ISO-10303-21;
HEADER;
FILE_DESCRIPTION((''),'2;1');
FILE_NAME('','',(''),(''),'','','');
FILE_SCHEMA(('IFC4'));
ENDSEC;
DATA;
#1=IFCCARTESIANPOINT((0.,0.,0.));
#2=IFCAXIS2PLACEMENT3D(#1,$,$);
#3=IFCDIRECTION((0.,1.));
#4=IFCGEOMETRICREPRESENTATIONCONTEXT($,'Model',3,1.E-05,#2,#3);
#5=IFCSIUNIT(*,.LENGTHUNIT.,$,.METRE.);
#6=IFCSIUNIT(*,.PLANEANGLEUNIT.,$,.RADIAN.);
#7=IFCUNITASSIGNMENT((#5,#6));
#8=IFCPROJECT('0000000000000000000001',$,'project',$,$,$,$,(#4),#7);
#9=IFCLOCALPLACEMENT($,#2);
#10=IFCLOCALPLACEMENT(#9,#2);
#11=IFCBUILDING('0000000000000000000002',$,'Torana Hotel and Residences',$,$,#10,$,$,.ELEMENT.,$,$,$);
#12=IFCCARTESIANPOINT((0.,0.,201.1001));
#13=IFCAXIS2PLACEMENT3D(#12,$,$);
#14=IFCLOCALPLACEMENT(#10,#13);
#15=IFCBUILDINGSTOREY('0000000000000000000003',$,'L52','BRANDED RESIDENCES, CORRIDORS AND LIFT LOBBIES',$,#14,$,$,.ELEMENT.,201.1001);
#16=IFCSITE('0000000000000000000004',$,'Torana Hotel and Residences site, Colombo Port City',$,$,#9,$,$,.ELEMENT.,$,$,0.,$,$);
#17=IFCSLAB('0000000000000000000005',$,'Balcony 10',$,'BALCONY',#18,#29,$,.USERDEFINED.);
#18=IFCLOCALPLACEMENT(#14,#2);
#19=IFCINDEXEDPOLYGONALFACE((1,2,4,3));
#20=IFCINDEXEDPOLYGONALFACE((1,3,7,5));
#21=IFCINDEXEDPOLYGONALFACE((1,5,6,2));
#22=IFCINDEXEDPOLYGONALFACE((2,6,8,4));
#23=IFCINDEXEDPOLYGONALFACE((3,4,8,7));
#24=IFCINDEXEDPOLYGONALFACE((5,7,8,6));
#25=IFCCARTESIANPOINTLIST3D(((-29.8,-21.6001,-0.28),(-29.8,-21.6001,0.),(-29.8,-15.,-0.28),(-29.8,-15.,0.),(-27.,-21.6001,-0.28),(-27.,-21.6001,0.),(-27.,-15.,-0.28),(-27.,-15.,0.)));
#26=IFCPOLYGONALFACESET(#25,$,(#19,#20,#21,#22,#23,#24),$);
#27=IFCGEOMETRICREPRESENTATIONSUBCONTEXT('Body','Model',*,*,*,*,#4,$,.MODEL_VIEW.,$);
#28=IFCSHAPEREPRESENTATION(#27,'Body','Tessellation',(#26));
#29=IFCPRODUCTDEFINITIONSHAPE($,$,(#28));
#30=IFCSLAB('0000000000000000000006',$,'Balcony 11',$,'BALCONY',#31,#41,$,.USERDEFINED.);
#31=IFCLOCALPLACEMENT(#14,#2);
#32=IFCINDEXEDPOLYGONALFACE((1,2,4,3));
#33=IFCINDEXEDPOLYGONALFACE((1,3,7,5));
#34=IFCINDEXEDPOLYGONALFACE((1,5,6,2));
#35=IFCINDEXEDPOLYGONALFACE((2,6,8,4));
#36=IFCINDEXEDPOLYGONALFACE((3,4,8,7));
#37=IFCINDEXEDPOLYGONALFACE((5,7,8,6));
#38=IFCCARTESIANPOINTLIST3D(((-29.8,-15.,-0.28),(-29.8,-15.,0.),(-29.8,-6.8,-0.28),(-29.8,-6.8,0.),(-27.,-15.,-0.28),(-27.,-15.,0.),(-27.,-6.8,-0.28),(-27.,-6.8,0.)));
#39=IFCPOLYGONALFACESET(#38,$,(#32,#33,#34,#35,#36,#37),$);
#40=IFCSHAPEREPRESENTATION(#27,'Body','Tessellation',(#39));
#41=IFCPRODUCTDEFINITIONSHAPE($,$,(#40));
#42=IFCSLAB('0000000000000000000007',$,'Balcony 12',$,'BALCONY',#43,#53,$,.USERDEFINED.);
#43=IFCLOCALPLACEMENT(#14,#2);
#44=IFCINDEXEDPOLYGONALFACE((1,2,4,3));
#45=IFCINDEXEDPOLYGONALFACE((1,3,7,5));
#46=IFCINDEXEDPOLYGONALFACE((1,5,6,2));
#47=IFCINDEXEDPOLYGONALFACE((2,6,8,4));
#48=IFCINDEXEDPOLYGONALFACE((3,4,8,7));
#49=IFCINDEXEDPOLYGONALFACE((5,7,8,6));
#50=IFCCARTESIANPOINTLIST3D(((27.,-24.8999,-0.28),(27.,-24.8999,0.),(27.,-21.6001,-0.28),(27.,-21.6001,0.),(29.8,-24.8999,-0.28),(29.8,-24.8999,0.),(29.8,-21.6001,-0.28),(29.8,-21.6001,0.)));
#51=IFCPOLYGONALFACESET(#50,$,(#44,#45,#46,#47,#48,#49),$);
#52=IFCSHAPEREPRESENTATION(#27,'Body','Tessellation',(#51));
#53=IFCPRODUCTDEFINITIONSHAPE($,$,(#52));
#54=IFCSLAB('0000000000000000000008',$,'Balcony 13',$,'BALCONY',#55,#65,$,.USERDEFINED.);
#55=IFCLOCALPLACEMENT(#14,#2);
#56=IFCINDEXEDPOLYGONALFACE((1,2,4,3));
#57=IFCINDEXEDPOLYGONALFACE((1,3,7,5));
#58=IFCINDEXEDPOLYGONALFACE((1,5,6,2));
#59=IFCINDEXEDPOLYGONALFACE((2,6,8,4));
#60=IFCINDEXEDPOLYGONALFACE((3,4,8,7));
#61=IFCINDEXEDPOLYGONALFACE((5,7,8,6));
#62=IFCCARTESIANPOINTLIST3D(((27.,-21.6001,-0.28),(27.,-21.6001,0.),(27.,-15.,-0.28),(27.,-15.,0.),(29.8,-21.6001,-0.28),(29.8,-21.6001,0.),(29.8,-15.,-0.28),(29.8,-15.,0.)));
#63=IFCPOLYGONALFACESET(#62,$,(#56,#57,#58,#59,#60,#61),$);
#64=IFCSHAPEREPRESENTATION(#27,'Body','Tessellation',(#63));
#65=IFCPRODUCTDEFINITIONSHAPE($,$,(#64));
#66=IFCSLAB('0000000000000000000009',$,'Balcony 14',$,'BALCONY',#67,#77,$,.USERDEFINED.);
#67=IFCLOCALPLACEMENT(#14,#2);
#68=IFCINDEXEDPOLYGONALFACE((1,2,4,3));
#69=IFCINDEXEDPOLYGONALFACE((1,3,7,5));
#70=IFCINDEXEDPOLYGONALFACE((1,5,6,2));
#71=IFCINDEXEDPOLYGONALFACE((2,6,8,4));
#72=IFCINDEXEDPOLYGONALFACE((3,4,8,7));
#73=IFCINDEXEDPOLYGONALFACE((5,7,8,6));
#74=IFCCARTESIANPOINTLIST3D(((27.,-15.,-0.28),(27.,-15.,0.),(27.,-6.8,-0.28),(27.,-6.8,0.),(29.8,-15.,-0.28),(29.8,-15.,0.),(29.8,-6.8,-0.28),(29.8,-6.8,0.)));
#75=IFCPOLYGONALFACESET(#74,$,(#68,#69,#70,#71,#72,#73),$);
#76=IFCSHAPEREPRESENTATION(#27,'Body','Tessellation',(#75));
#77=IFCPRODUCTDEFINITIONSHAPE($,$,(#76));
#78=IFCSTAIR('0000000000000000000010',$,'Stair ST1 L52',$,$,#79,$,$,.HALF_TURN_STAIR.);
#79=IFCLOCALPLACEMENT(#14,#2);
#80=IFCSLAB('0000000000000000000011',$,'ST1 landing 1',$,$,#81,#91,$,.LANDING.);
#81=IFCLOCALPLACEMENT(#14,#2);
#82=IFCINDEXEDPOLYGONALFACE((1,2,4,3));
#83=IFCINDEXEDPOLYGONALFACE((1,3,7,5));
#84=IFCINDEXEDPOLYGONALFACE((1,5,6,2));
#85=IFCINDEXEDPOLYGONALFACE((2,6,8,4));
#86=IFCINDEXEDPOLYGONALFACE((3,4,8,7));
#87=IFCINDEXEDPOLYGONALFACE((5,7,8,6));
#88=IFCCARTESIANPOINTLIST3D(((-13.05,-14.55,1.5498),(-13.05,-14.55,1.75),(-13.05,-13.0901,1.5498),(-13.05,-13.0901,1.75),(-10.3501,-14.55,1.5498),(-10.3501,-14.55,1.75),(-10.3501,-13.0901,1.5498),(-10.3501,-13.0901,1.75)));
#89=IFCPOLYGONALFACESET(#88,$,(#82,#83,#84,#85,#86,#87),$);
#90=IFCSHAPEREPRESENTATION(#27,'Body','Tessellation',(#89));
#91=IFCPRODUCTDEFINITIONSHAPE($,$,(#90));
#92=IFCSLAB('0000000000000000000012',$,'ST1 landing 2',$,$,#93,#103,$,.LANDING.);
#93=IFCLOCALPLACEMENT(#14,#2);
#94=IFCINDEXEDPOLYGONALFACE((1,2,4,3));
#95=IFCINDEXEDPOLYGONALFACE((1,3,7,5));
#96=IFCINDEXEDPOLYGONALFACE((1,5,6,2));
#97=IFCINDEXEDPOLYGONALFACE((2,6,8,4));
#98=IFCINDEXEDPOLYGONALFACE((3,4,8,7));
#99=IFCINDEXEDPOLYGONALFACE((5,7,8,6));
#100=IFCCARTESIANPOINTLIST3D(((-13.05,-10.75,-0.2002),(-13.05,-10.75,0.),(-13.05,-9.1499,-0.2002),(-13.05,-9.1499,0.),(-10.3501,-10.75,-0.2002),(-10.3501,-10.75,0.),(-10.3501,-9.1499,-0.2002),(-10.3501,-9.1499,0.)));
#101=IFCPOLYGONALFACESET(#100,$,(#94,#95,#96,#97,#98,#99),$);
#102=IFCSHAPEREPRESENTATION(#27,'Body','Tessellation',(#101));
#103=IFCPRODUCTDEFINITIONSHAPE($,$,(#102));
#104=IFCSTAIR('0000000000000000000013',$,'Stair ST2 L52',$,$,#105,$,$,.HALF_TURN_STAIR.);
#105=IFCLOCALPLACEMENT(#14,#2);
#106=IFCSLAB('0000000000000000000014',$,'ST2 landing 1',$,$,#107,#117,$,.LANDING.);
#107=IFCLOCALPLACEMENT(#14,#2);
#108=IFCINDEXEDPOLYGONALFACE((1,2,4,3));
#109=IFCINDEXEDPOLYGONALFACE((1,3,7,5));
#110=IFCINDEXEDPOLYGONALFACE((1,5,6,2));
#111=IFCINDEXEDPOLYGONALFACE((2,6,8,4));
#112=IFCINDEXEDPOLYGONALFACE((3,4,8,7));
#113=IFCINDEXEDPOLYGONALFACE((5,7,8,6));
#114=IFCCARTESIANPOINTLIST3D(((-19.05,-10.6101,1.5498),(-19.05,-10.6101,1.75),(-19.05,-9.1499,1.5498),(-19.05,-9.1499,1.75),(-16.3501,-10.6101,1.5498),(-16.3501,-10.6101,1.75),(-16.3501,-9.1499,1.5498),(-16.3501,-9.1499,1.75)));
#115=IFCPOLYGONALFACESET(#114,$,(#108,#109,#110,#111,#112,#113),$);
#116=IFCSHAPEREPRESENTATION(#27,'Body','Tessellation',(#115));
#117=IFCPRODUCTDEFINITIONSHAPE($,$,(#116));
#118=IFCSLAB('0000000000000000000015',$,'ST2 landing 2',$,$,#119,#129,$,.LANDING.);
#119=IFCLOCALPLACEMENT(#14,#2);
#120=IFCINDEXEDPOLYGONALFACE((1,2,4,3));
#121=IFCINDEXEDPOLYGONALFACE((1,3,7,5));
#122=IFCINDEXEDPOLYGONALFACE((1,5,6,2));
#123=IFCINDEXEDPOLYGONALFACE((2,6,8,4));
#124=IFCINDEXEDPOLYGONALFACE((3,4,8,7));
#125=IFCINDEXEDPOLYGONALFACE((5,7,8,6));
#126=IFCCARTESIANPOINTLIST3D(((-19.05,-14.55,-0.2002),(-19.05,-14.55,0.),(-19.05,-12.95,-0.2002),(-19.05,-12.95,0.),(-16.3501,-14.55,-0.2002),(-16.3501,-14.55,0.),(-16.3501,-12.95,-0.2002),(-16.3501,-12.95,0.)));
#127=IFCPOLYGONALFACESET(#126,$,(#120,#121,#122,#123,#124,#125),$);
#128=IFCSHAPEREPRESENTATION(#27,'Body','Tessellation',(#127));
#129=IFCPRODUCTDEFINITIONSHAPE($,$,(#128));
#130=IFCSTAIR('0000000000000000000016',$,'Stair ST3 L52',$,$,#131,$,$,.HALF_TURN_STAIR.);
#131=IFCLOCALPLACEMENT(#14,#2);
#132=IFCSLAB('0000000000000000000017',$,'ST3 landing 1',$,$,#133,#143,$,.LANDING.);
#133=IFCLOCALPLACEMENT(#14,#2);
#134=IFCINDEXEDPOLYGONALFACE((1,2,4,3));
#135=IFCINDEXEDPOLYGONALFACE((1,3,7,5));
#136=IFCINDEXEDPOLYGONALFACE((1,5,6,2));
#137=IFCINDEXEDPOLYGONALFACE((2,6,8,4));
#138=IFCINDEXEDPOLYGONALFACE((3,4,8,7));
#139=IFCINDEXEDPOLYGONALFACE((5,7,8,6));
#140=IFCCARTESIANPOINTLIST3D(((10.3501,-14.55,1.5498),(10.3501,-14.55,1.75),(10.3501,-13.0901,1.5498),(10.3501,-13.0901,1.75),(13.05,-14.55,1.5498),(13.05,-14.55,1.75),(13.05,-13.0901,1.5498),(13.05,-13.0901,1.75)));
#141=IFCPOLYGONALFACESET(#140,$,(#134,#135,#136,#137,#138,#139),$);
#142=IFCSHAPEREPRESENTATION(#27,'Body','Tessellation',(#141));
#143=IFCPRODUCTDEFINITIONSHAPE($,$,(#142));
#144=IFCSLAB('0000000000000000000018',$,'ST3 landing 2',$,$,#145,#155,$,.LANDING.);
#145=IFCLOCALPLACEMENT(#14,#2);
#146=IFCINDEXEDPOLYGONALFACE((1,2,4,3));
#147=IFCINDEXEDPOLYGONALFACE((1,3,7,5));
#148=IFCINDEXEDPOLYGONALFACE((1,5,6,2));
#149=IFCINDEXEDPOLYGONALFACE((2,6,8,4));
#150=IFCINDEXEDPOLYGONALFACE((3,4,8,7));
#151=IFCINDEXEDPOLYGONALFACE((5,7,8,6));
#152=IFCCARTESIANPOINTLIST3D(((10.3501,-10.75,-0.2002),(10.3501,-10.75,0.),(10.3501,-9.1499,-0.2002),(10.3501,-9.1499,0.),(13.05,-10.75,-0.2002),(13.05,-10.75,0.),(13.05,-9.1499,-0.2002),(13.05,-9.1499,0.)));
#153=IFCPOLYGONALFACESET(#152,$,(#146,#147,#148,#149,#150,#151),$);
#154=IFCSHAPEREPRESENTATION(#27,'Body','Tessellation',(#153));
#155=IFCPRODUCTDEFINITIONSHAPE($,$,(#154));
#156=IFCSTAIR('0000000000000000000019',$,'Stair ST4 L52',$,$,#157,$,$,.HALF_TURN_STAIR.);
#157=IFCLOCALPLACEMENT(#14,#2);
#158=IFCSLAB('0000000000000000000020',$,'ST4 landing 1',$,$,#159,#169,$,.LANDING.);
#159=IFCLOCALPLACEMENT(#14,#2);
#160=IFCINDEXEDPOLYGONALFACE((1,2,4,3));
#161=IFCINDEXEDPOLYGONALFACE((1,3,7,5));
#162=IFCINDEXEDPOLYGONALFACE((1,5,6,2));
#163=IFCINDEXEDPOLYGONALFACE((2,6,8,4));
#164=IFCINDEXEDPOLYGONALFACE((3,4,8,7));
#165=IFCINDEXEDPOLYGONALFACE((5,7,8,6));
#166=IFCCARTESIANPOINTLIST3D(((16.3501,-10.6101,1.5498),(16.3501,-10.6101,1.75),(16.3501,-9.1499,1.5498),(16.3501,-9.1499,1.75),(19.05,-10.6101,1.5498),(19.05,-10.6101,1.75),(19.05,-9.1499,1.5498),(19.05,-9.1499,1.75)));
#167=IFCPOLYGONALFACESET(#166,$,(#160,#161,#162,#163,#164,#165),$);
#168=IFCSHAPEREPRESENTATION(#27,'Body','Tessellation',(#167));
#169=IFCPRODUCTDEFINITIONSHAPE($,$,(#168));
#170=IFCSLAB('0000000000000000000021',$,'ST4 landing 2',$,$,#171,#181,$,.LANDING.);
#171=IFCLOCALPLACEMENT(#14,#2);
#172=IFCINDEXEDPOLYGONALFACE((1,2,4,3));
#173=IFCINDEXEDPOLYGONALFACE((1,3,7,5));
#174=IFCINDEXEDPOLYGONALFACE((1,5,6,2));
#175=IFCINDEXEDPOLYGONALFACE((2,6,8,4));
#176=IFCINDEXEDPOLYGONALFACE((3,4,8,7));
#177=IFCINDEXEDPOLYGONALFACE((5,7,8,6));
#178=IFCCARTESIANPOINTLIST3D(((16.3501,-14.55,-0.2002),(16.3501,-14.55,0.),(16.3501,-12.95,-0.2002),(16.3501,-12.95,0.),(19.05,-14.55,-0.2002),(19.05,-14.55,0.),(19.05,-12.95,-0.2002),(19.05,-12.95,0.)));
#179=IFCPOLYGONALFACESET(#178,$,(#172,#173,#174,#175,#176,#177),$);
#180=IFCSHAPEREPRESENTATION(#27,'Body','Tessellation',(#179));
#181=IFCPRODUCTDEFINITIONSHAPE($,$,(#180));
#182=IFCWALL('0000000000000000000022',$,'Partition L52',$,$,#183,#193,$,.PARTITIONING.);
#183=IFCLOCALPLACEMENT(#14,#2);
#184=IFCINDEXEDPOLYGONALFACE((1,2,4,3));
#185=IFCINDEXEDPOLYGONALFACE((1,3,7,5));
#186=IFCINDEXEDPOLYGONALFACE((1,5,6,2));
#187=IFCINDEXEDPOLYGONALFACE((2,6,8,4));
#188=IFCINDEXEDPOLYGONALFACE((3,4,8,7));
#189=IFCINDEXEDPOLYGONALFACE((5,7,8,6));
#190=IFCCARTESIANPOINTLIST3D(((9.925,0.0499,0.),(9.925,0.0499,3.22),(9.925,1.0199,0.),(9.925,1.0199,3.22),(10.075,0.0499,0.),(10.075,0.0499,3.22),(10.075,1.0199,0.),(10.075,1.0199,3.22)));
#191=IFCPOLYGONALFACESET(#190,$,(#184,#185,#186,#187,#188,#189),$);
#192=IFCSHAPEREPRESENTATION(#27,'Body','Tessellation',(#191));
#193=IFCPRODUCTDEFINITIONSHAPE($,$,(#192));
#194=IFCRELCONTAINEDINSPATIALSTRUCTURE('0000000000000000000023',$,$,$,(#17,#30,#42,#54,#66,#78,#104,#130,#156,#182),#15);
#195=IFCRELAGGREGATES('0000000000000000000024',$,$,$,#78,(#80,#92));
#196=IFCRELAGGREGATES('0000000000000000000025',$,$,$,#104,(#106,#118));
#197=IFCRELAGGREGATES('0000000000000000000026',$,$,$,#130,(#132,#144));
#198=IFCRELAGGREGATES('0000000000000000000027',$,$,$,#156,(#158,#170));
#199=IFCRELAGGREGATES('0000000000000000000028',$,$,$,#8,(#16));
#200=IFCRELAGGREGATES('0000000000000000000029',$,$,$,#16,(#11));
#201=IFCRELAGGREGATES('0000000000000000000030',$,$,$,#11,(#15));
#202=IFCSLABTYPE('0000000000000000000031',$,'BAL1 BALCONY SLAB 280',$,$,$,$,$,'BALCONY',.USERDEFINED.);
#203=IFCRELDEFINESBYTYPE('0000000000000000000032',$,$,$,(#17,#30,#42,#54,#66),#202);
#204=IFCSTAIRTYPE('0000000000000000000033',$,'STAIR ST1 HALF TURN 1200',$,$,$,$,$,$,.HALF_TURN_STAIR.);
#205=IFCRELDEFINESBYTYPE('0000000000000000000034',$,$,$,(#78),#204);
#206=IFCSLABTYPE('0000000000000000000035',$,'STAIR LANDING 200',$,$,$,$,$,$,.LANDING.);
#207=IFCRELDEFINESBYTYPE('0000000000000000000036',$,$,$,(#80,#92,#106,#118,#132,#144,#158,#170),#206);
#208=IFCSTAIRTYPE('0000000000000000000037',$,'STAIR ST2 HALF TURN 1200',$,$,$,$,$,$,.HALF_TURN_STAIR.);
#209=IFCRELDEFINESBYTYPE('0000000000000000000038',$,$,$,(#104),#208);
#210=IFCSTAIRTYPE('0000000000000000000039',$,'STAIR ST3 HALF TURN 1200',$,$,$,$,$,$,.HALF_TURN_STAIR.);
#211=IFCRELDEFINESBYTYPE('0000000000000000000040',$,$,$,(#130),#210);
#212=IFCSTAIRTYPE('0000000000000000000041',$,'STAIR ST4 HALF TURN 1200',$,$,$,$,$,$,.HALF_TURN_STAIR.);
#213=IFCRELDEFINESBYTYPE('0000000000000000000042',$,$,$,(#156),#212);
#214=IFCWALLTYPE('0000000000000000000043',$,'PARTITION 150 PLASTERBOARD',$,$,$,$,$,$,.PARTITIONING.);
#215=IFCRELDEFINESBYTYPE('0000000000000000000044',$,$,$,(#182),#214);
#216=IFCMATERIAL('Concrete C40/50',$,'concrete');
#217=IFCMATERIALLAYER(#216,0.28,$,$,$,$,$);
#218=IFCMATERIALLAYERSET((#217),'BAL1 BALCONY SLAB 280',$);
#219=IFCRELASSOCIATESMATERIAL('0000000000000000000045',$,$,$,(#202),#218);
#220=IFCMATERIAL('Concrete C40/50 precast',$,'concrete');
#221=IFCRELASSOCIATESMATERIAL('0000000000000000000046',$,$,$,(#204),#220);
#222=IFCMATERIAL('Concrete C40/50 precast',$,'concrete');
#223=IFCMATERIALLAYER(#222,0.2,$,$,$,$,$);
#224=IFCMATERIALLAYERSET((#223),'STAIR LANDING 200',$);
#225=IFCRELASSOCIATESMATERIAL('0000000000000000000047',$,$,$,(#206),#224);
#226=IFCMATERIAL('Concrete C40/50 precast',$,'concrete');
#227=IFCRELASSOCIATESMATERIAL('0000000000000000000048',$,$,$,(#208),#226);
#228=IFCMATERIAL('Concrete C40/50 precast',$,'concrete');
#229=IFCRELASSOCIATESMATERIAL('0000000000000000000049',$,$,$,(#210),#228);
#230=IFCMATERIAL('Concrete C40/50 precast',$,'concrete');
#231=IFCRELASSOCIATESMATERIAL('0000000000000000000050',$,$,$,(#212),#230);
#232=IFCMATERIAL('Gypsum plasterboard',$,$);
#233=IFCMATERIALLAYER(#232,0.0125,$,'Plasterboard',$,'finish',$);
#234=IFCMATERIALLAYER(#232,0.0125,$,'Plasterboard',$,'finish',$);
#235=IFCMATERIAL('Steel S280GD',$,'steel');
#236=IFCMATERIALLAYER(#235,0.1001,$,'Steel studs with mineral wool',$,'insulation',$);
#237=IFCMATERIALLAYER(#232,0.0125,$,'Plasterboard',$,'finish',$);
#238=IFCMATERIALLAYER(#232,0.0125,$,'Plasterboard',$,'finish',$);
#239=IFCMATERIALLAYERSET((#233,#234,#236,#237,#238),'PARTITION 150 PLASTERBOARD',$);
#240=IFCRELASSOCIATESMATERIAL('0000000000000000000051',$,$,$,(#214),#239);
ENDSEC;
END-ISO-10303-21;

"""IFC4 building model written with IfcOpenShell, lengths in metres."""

from ifc_helpers import new_model, si_unit, direction, frame, frame_2d, origin, place, context, subcontext, project, spatial, polyline, rectangle, outline, extrude, material, layer, layer_set, type_object, element, aggregate, save


model = new_model("IFC4")

# Units and contexts
model_context = context("Model", 3, precision=1e-05, world=origin(), true_north=direction((0.0, 1.0)))
body_context = subcontext(model_context, "Body", "Model", "MODEL_VIEW")
ifc_project = project(units=[si_unit("LENGTHUNIT", "METRE"), si_unit("PLANEANGLEUNIT", "RADIAN")], contexts=[model_context])

# Site, building, storey
site_placement = place(None, origin())
site = spatial("IfcSite", under=ifc_project, at=site_placement, Name="Torana Hotel and Residences site, Colombo Port City", CompositionType="ELEMENT", RefElevation=0.0)
building_placement = place(site_placement, origin())
building = spatial("IfcBuilding", under=site, at=building_placement, Name="Torana Hotel and Residences", CompositionType="ELEMENT")
storey_placement = place(building_placement, frame((0.0, 0.0, 201.1001)))
storey = spatial("IfcBuildingStorey", under=building, at=storey_placement, Name="L52", Description="BRANDED RESIDENCES, CORRIDORS AND LIFT LOBBIES", CompositionType="ELEMENT", Elevation=201.1001)

# Slabs
ifc_material_1 = material(Name="Concrete C40/50", Category="concrete")
ifc_layer_1 = layer(ifc_material_1, 0.28)
ifc_layer_set_1 = layer_set([ifc_layer_1], Name="BAL1 BALCONY SLAB 280")
slab_type_1 = type_object("IfcSlabType", Name="BAL1 BALCONY SLAB 280", ElementType="BALCONY", PredefinedType="USERDEFINED", material=ifc_layer_set_1)
slab_1_placement = place(storey_placement, frame((0.0, 0.0, -0.28)))
element("IfcSlab", 1, at=slab_1_placement, inside=storey, type_object=slab_type_1, Name="Balcony 10", ObjectType="BALCONY", PredefinedType="USERDEFINED", context=body_context, shape_type="SweptSolid", body=[
    extrude(outline(polyline([(-29.8, -21.6001), (-27.0, -21.6001), (-27.0, -15.0), (-29.8, -15.0), (-29.8, -21.6001)])), origin(), (0.0, 0.0, 1.0), 0.28),
])
slab_2_placement = place(storey_placement, frame((0.0, 0.0, -0.28)))
element("IfcSlab", 2, at=slab_2_placement, inside=storey, type_object=slab_type_1, Name="Balcony 11", ObjectType="BALCONY", PredefinedType="USERDEFINED", context=body_context, shape_type="SweptSolid", body=[
    extrude(outline(polyline([(-29.8, -15.0), (-27.0, -15.0), (-27.0, -6.8), (-29.8, -6.8), (-29.8, -15.0)])), origin(), (0.0, 0.0, 1.0), 0.28),
])
slab_3_placement = place(storey_placement, frame((0.0, 0.0, -0.28)))
element("IfcSlab", 3, at=slab_3_placement, inside=storey, type_object=slab_type_1, Name="Balcony 12", ObjectType="BALCONY", PredefinedType="USERDEFINED", context=body_context, shape_type="SweptSolid", body=[
    extrude(outline(polyline([(27.0, -24.8999), (29.8, -24.8999), (29.8, -21.6001), (27.0, -21.6001), (27.0, -24.8999)])), origin(), (0.0, 0.0, 1.0), 0.28),
])
slab_4_placement = place(storey_placement, frame((0.0, 0.0, -0.28)))
element("IfcSlab", 4, at=slab_4_placement, inside=storey, type_object=slab_type_1, Name="Balcony 13", ObjectType="BALCONY", PredefinedType="USERDEFINED", context=body_context, shape_type="SweptSolid", body=[
    extrude(outline(polyline([(27.0, -21.6001), (29.8, -21.6001), (29.8, -15.0), (27.0, -15.0), (27.0, -21.6001)])), origin(), (0.0, 0.0, 1.0), 0.28),
])
slab_5_placement = place(storey_placement, frame((0.0, 0.0, -0.28)))
element("IfcSlab", 5, at=slab_5_placement, inside=storey, type_object=slab_type_1, Name="Balcony 14", ObjectType="BALCONY", PredefinedType="USERDEFINED", context=body_context, shape_type="SweptSolid", body=[
    extrude(outline(polyline([(27.0, -15.0), (29.8, -15.0), (29.8, -6.8), (27.0, -6.8), (27.0, -15.0)])), origin(), (0.0, 0.0, 1.0), 0.28),
])

# Stairs, slabs
ifc_material_2 = material(Name="Concrete C40/50 precast", Category="concrete")
stair_type_1 = type_object("IfcStairType", Name="STAIR ST1 HALF TURN 1200", PredefinedType="HALF_TURN_STAIR", material=ifc_material_2)
stair_1_placement = place(storey_placement, origin())
stair_1 = element("IfcStair", 6, at=stair_1_placement, inside=storey, type_object=stair_type_1, Name="Stair ST1 L52", PredefinedType="HALF_TURN_STAIR")
ifc_material_3 = material(Name="Concrete C40/50 precast", Category="concrete")
ifc_layer_2 = layer(ifc_material_3, 0.2)
ifc_layer_set_2 = layer_set([ifc_layer_2], Name="STAIR LANDING 200")
slab_type_2 = type_object("IfcSlabType", Name="STAIR LANDING 200", PredefinedType="LANDING", material=ifc_layer_set_2)
slab_6_placement = place(storey_placement, frame((0.0, 0.0, 1.5498)))
slab_6 = element("IfcSlab", 7, at=slab_6_placement, type_object=slab_type_2, Name="ST1 landing 1", PredefinedType="LANDING", context=body_context, shape_type="SweptSolid", body=[
    extrude(outline(polyline([(-13.05, -14.55), (-10.3501, -14.55), (-10.3501, -13.0901), (-13.05, -13.0901), (-13.05, -14.55)])), origin(), (0.0, 0.0, 1.0), 0.2002),
])
slab_7_placement = place(storey_placement, frame((0.0, 0.0, -0.2002)))
slab_7 = element("IfcSlab", 8, at=slab_7_placement, type_object=slab_type_2, Name="ST1 landing 2", PredefinedType="LANDING", context=body_context, shape_type="SweptSolid", body=[
    extrude(outline(polyline([(-13.05, -10.75), (-10.3501, -10.75), (-10.3501, -9.1499), (-13.05, -9.1499), (-13.05, -10.75)])), origin(), (0.0, 0.0, 1.0), 0.2002),
])
aggregate(stair_1, [slab_6, slab_7])
ifc_material_4 = material(Name="Concrete C40/50 precast", Category="concrete")
stair_type_2 = type_object("IfcStairType", Name="STAIR ST2 HALF TURN 1200", PredefinedType="HALF_TURN_STAIR", material=ifc_material_4)
stair_2_placement = place(storey_placement, origin())
stair_2 = element("IfcStair", 9, at=stair_2_placement, inside=storey, type_object=stair_type_2, Name="Stair ST2 L52", PredefinedType="HALF_TURN_STAIR")
slab_8_placement = place(storey_placement, frame((0.0, 0.0, 1.5498)))
slab_8 = element("IfcSlab", 10, at=slab_8_placement, type_object=slab_type_2, Name="ST2 landing 1", PredefinedType="LANDING", context=body_context, shape_type="SweptSolid", body=[
    extrude(outline(polyline([(-19.05, -10.6101), (-16.3501, -10.6101), (-16.3501, -9.1499), (-19.05, -9.1499), (-19.05, -10.6101)])), origin(), (0.0, 0.0, 1.0), 0.2002),
])
slab_9_placement = place(storey_placement, frame((0.0, 0.0, -0.2002)))
slab_9 = element("IfcSlab", 11, at=slab_9_placement, type_object=slab_type_2, Name="ST2 landing 2", PredefinedType="LANDING", context=body_context, shape_type="SweptSolid", body=[
    extrude(outline(polyline([(-19.05, -14.55), (-16.3501, -14.55), (-16.3501, -12.95), (-19.05, -12.95), (-19.05, -14.55)])), origin(), (0.0, 0.0, 1.0), 0.2002),
])
aggregate(stair_2, [slab_8, slab_9])
ifc_material_5 = material(Name="Concrete C40/50 precast", Category="concrete")
stair_type_3 = type_object("IfcStairType", Name="STAIR ST3 HALF TURN 1200", PredefinedType="HALF_TURN_STAIR", material=ifc_material_5)
stair_3_placement = place(storey_placement, origin())
stair_3 = element("IfcStair", 12, at=stair_3_placement, inside=storey, type_object=stair_type_3, Name="Stair ST3 L52", PredefinedType="HALF_TURN_STAIR")
slab_10_placement = place(storey_placement, frame((0.0, 0.0, 1.5498)))
slab_10 = element("IfcSlab", 13, at=slab_10_placement, type_object=slab_type_2, Name="ST3 landing 1", PredefinedType="LANDING", context=body_context, shape_type="SweptSolid", body=[
    extrude(outline(polyline([(10.3501, -14.55), (13.05, -14.55), (13.05, -13.0901), (10.3501, -13.0901), (10.3501, -14.55)])), origin(), (0.0, 0.0, 1.0), 0.2002),
])
slab_11_placement = place(storey_placement, frame((0.0, 0.0, -0.2002)))
slab_11 = element("IfcSlab", 14, at=slab_11_placement, type_object=slab_type_2, Name="ST3 landing 2", PredefinedType="LANDING", context=body_context, shape_type="SweptSolid", body=[
    extrude(outline(polyline([(10.3501, -10.75), (13.05, -10.75), (13.05, -9.1499), (10.3501, -9.1499), (10.3501, -10.75)])), origin(), (0.0, 0.0, 1.0), 0.2002),
])
aggregate(stair_3, [slab_10, slab_11])
ifc_material_6 = material(Name="Concrete C40/50 precast", Category="concrete")
stair_type_4 = type_object("IfcStairType", Name="STAIR ST4 HALF TURN 1200", PredefinedType="HALF_TURN_STAIR", material=ifc_material_6)
stair_4_placement = place(storey_placement, origin())
stair_4 = element("IfcStair", 15, at=stair_4_placement, inside=storey, type_object=stair_type_4, Name="Stair ST4 L52", PredefinedType="HALF_TURN_STAIR")
slab_12_placement = place(storey_placement, frame((0.0, 0.0, 1.5498)))
slab_12 = element("IfcSlab", 16, at=slab_12_placement, type_object=slab_type_2, Name="ST4 landing 1", PredefinedType="LANDING", context=body_context, shape_type="SweptSolid", body=[
    extrude(outline(polyline([(16.3501, -10.6101), (19.05, -10.6101), (19.05, -9.1499), (16.3501, -9.1499), (16.3501, -10.6101)])), origin(), (0.0, 0.0, 1.0), 0.2002),
])
slab_13_placement = place(storey_placement, frame((0.0, 0.0, -0.2002)))
slab_13 = element("IfcSlab", 17, at=slab_13_placement, type_object=slab_type_2, Name="ST4 landing 2", PredefinedType="LANDING", context=body_context, shape_type="SweptSolid", body=[
    extrude(outline(polyline([(16.3501, -14.55), (19.05, -14.55), (19.05, -12.95), (16.3501, -12.95), (16.3501, -14.55)])), origin(), (0.0, 0.0, 1.0), 0.2002),
])
aggregate(stair_4, [slab_12, slab_13])

# Wall
ifc_material_7 = material(Name="Gypsum plasterboard")
ifc_layer_3 = layer(ifc_material_7, 0.0125, Name="Plasterboard", Category="finish")
ifc_layer_4 = layer(ifc_material_7, 0.0125, Name="Plasterboard", Category="finish")
ifc_material_8 = material(Name="Steel S280GD", Category="steel")
ifc_layer_5 = layer(ifc_material_8, 0.1001, Name="Steel studs with mineral wool", Category="insulation")
ifc_layer_6 = layer(ifc_material_7, 0.0125, Name="Plasterboard", Category="finish")
ifc_layer_7 = layer(ifc_material_7, 0.0125, Name="Plasterboard", Category="finish")
ifc_layer_set_3 = layer_set([ifc_layer_3, ifc_layer_4, ifc_layer_5, ifc_layer_6, ifc_layer_7], Name="PARTITION 150 PLASTERBOARD")
wall_type = type_object("IfcWallType", Name="PARTITION 150 PLASTERBOARD", PredefinedType="PARTITIONING", material=ifc_layer_set_3)
wall_placement = place(storey_placement, frame((10.0, 0.05, 0.0), z_axis=(0.0, 0.0, 1.0), x_axis=(0.0, 1.0, 0.0)))
element("IfcWall", 18, at=wall_placement, inside=storey, type_object=wall_type, Name="Partition L52", PredefinedType="PARTITIONING", context=body_context, shape_type="SweptSolid", body=[
    extrude(rectangle(XDim=0.97, YDim=0.1499, at=frame_2d((0.4849, 0.0))), origin(), (0.0, 0.0, 1.0), 3.22),
])

save(model, "model.ifc")
